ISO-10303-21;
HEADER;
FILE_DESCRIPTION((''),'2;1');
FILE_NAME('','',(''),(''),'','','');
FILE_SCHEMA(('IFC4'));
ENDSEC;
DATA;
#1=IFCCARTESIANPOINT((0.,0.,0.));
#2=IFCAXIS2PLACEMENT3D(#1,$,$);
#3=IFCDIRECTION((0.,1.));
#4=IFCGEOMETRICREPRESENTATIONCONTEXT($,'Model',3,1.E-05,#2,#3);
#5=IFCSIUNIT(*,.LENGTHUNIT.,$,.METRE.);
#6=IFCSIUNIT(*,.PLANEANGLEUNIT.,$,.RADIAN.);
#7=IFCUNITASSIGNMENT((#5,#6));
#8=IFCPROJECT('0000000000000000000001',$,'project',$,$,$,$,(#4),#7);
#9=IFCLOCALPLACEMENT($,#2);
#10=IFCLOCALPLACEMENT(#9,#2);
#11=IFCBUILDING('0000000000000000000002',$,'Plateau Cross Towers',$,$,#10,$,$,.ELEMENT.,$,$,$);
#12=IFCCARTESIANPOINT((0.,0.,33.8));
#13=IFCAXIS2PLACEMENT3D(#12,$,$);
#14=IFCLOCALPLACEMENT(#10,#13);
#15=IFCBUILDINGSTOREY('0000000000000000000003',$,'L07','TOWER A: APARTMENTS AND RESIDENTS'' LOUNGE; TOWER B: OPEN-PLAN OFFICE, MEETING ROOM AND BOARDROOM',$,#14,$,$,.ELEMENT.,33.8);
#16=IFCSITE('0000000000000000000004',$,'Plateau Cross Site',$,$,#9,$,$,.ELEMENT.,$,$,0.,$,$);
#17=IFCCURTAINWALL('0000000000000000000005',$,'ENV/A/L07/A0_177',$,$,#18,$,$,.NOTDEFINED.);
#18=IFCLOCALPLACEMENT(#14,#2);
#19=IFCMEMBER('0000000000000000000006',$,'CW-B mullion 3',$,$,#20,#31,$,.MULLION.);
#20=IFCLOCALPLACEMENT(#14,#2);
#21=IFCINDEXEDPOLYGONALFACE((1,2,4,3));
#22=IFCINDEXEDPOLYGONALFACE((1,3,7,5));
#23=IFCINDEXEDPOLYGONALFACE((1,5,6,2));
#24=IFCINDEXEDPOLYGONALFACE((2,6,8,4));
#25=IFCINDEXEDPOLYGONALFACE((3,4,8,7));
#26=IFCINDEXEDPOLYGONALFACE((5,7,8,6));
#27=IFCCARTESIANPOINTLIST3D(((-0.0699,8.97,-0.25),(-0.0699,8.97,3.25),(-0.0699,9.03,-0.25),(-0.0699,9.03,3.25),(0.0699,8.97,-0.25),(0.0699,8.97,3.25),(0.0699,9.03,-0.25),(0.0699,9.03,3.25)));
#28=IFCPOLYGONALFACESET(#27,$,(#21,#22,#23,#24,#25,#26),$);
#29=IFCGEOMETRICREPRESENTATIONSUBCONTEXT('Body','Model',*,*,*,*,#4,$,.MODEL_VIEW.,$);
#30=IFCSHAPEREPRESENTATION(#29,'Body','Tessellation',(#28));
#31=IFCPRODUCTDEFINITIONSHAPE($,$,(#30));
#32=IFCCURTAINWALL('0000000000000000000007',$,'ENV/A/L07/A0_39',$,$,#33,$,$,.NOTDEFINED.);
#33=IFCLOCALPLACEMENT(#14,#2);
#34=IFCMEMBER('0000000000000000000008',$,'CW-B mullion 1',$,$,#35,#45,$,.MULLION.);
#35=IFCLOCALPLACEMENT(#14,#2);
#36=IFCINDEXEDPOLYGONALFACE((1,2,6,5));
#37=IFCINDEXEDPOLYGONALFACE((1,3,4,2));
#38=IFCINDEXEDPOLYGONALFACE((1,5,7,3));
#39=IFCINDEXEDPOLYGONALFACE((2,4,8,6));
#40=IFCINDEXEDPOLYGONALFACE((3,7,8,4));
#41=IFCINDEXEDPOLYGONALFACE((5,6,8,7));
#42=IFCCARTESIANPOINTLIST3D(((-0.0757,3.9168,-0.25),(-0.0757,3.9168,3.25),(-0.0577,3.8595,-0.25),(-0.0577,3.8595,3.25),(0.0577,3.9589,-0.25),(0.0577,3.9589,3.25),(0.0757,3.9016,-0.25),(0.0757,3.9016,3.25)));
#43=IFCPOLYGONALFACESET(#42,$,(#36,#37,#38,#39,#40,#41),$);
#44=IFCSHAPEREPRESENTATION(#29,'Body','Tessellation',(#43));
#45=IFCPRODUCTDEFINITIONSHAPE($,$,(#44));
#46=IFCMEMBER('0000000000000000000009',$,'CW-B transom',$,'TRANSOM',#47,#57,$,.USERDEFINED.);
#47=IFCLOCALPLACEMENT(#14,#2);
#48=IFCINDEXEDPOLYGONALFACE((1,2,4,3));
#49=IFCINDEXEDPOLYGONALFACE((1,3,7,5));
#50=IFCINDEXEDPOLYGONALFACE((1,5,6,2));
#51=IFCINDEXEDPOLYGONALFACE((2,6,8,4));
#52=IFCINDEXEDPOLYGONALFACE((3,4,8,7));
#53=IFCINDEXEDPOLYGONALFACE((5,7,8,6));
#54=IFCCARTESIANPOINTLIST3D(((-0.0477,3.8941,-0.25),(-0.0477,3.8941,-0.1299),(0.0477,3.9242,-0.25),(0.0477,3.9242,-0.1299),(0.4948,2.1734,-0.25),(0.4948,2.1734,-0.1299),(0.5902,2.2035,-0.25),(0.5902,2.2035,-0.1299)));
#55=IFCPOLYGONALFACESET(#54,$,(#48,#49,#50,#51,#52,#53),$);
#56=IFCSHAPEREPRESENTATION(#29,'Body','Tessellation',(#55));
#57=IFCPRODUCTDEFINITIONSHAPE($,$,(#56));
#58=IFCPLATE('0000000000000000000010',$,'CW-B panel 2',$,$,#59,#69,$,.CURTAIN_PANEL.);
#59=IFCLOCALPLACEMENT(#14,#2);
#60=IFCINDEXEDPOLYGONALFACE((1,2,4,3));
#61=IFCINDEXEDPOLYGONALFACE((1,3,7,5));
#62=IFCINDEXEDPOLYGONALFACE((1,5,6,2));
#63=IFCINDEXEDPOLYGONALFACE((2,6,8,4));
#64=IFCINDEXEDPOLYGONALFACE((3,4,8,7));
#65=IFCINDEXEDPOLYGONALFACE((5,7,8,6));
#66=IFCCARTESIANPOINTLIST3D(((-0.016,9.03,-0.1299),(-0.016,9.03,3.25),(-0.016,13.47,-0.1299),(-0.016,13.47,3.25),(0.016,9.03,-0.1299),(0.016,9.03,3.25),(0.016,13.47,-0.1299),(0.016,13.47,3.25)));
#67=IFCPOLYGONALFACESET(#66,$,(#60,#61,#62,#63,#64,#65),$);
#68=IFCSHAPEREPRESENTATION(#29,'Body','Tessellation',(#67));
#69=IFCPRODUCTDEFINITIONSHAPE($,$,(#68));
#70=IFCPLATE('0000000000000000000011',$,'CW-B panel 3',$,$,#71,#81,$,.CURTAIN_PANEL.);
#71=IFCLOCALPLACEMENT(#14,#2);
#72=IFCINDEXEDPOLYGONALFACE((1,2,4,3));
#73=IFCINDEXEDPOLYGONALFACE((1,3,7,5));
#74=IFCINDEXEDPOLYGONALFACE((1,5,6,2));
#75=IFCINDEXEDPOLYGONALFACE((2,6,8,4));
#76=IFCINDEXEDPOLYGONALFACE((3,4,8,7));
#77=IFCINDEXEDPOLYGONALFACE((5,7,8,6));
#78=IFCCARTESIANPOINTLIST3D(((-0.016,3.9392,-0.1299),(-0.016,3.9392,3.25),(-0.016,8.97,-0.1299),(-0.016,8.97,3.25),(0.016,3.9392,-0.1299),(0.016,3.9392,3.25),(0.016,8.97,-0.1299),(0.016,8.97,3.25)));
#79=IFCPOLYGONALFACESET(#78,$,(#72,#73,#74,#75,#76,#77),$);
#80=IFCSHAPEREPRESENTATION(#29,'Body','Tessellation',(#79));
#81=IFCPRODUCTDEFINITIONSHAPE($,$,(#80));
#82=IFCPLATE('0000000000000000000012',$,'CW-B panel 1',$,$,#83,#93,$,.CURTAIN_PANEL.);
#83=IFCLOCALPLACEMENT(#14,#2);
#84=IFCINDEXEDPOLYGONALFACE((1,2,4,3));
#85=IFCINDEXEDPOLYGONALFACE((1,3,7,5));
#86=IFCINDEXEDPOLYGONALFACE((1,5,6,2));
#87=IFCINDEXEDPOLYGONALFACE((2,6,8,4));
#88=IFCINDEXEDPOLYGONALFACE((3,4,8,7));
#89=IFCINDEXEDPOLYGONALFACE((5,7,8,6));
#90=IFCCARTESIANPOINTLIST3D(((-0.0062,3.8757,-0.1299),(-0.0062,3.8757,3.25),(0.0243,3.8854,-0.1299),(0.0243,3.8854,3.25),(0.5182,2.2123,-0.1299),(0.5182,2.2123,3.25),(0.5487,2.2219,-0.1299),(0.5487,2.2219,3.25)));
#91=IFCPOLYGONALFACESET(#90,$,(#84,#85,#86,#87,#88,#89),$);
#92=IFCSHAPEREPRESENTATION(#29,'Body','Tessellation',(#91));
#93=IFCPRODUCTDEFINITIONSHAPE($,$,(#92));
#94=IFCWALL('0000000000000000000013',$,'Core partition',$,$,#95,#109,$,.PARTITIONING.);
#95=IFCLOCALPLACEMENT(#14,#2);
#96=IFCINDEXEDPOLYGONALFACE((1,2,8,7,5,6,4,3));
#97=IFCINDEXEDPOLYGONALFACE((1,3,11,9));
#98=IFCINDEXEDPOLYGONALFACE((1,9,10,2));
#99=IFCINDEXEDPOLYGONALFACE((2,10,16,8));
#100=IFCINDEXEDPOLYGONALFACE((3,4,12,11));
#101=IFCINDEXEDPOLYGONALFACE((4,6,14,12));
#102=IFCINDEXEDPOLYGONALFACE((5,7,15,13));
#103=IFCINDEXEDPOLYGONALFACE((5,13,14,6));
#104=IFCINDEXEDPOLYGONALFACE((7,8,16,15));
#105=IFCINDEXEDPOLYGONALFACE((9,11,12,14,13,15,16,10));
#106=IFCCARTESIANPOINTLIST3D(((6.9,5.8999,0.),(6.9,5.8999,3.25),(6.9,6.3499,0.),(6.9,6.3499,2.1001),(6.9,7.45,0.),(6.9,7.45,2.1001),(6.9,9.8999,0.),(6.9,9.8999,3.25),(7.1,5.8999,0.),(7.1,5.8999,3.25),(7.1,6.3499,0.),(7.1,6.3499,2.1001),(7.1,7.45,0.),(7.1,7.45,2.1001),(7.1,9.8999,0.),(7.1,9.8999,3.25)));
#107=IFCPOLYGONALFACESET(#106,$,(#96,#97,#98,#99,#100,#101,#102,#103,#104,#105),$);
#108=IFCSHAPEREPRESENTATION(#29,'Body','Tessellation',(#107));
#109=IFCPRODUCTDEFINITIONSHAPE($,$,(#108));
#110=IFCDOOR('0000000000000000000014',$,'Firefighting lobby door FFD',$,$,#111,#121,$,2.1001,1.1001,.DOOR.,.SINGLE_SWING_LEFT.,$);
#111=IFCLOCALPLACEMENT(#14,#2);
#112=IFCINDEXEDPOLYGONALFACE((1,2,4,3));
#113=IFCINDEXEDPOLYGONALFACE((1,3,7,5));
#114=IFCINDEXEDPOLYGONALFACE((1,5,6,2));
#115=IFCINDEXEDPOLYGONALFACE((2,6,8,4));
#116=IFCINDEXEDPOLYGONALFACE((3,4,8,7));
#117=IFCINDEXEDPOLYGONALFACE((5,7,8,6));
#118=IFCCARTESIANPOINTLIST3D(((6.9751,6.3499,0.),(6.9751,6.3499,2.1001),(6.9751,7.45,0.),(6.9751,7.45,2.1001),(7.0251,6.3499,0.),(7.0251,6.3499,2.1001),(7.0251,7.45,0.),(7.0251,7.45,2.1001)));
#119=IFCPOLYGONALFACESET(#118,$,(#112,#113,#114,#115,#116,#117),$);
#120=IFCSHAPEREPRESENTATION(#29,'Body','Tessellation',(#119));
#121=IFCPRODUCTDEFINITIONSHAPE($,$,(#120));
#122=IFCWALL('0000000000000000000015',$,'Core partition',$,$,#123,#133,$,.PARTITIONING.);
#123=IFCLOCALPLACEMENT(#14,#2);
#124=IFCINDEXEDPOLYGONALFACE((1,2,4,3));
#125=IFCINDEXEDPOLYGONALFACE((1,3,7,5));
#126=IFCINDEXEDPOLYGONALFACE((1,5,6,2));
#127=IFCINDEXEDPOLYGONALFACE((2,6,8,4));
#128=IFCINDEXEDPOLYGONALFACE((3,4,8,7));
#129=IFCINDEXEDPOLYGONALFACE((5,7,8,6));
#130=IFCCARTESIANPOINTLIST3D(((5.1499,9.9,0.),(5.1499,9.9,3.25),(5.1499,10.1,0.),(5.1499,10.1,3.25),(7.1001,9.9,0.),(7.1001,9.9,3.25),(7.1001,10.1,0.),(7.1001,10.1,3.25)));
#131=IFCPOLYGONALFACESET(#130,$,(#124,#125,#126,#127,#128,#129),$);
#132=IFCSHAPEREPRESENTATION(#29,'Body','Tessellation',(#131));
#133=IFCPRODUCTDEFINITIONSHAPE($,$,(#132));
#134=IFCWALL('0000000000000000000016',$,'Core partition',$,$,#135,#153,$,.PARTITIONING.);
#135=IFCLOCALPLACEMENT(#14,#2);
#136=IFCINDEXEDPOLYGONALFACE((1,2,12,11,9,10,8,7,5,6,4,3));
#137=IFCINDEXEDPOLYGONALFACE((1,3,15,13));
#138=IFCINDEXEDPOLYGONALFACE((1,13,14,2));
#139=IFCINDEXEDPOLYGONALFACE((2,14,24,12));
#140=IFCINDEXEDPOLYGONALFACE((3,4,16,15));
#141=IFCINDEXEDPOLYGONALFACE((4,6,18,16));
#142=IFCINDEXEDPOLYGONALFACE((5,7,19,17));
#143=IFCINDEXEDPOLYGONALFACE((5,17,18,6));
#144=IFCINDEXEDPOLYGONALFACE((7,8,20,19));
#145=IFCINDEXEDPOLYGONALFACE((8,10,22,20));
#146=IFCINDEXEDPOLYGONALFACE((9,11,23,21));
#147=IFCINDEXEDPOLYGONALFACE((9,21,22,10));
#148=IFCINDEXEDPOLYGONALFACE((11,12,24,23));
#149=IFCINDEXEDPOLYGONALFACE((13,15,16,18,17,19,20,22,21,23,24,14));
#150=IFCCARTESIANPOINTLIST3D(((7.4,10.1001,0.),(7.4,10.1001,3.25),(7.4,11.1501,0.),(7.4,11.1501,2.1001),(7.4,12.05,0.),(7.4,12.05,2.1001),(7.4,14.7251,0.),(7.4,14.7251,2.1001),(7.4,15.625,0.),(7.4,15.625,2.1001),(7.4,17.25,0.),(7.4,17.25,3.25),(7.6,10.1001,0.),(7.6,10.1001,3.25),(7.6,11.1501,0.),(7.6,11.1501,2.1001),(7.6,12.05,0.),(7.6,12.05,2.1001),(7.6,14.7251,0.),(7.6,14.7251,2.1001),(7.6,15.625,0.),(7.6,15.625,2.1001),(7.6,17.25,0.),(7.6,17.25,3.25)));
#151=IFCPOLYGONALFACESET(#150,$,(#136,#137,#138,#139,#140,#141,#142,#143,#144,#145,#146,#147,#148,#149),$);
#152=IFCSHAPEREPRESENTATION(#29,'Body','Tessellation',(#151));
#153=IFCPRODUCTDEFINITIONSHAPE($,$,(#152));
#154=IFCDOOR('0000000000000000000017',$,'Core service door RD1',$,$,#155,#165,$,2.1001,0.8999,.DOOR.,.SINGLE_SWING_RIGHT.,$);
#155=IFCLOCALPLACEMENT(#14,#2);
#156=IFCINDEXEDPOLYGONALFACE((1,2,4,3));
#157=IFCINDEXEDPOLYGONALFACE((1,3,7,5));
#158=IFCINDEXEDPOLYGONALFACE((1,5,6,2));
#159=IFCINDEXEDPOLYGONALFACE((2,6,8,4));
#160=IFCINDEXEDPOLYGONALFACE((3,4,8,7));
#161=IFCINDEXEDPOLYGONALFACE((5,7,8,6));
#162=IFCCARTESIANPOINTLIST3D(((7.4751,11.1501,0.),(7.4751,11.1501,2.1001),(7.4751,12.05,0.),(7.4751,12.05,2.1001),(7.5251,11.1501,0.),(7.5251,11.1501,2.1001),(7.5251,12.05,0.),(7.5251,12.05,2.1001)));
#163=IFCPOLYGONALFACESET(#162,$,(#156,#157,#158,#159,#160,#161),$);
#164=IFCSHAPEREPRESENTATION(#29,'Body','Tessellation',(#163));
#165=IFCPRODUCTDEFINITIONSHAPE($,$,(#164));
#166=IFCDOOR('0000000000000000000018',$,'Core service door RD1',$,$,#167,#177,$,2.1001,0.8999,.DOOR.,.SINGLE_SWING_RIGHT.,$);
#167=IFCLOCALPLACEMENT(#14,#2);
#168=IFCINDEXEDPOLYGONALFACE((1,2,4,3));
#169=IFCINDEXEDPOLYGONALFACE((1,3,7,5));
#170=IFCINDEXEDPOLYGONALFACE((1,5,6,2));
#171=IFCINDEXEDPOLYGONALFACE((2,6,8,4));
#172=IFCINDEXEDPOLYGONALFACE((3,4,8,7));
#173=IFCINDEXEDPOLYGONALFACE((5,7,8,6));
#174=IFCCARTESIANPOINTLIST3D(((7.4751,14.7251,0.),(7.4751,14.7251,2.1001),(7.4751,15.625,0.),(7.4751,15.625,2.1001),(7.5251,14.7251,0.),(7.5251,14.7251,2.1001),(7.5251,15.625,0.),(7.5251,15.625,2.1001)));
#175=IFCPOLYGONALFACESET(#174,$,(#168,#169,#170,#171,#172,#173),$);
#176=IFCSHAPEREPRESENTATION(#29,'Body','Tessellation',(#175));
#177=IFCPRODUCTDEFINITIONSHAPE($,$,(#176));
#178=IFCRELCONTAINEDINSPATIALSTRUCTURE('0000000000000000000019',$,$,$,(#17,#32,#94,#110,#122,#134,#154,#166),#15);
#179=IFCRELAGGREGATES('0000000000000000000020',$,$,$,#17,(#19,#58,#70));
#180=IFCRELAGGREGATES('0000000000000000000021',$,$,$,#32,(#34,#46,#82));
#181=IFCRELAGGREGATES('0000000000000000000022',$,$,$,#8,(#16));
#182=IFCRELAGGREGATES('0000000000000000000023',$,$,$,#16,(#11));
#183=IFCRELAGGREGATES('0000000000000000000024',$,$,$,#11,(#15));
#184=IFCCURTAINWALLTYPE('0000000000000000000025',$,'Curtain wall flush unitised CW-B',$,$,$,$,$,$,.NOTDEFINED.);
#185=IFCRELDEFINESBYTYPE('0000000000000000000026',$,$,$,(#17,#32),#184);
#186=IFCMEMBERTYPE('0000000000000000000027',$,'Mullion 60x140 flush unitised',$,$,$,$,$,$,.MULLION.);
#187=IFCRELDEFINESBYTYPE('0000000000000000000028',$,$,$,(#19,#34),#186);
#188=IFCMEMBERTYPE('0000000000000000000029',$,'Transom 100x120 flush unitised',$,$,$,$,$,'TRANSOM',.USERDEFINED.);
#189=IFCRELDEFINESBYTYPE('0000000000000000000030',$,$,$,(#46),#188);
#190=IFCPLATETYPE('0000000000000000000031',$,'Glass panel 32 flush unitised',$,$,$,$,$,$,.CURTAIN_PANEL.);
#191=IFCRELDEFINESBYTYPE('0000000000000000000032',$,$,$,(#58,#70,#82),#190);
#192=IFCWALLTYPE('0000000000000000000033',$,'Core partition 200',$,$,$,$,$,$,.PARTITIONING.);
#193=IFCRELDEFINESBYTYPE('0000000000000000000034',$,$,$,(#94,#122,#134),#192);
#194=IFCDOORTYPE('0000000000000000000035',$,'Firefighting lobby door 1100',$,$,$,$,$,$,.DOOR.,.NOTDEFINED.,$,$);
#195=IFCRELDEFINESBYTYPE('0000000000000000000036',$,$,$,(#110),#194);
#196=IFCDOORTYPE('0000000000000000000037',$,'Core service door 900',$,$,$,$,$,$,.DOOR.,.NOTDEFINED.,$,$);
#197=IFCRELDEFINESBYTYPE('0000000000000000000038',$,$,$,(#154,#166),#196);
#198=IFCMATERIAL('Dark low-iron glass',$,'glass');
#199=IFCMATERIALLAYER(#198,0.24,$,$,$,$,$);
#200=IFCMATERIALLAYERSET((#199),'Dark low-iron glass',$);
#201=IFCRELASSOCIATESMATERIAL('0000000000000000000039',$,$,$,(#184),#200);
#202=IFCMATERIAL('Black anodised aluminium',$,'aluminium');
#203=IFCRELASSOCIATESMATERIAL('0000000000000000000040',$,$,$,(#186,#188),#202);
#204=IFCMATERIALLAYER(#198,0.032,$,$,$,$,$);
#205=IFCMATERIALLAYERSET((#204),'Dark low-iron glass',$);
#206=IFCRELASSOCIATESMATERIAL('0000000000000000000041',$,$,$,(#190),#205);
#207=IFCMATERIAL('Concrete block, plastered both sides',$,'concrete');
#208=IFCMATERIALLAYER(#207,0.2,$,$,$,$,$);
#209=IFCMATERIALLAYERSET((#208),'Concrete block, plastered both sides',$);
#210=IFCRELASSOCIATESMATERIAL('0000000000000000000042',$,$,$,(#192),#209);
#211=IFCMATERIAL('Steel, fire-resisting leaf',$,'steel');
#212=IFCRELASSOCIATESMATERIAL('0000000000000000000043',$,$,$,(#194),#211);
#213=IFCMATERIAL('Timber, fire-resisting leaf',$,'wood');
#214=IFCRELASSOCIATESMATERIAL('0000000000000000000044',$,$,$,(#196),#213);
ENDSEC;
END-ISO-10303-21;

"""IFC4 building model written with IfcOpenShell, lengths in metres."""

from ifc_helpers import new_model, si_unit, direction, frame, frame_2d, origin, origin_2d, place, context, subcontext, project, spatial, rectangle, extrude, material, layer, layer_set, material_profile, profile_set, type_object, element, fill, aggregate, save


model = new_model("IFC4")

# Units and contexts
model_context = context("Model", 3, precision=1e-05, world=origin(), true_north=direction((0.0, 1.0)))
body_context = subcontext(model_context, "Body", "Model", "MODEL_VIEW")
ifc_project = project(units=[si_unit("LENGTHUNIT", "METRE"), si_unit("PLANEANGLEUNIT", "RADIAN")], contexts=[model_context])

# Site, building, storey
site_placement = place(None, origin())
site = spatial("IfcSite", under=ifc_project, at=site_placement, Name="Plateau Cross Site", CompositionType="ELEMENT", RefElevation=0.0)
building_placement = place(site_placement, origin())
building = spatial("IfcBuilding", under=site, at=building_placement, Name="Plateau Cross Towers", CompositionType="ELEMENT")
storey_placement = place(building_placement, frame((0.0, 0.0, 33.8)))
storey = spatial("IfcBuildingStorey", under=building, at=storey_placement, Name="L07", Description="TOWER A: APARTMENTS AND RESIDENTS' LOUNGE; TOWER B: OPEN-PLAN OFFICE, MEETING ROOM AND BOARDROOM", CompositionType="ELEMENT", Elevation=33.8)

# Curtain wall, member
ifc_material_1 = material(Name="Dark low-iron glass", Category="glass")
ifc_layer_1 = layer(ifc_material_1, 0.24)
ifc_layer_set_1 = layer_set([ifc_layer_1], Name="Dark low-iron glass")
curtain_wall_type = type_object("IfcCurtainWallType", Name="Curtain wall flush unitised CW-B", PredefinedType="NOTDEFINED", material=ifc_layer_set_1)
curtain_wall_1_placement = place(storey_placement, origin())
curtain_wall_1 = element("IfcCurtainWall", 1, at=curtain_wall_1_placement, inside=storey, type_object=curtain_wall_type, Name="ENV/A/L07/A0_177", PredefinedType="NOTDEFINED")
ifc_material_2 = material(Name="Black anodised aluminium", Category="aluminium")
ifc_material_profile_1 = material_profile(ifc_material_2, rectangle(XDim=0.0601, YDim=0.1399, at=origin_2d()), Name="MULLION 60x140")
ifc_profile_set_1 = profile_set([ifc_material_profile_1], Name="Black anodised aluminium")
member_type_1 = type_object("IfcMemberType", Name="Mullion 60x140 flush unitised", PredefinedType="MULLION", material=ifc_profile_set_1)
member_1_placement = place(storey_placement, frame((0.0, 9.0, -0.25), z_axis=(0.0, 0.0, 1.0), x_axis=(0.0, -1.0, 0.0)))
member_1 = element("IfcMember", 2, at=member_1_placement, type_object=member_type_1, Name="CW-B mullion 3", PredefinedType="MULLION", context=body_context, shape_type="SweptSolid", body=[
    extrude(rectangle(XDim=0.0601, YDim=0.1399, at=origin_2d()), origin(), (0.0, 0.0, 1.0), 3.5),
])

# Curtain wall, members
curtain_wall_2_placement = place(storey_placement, origin())
curtain_wall_2 = element("IfcCurtainWall", 3, at=curtain_wall_2_placement, inside=storey, type_object=curtain_wall_type, Name="ENV/A/L07/A0_39", PredefinedType="NOTDEFINED")
member_2_placement = place(storey_placement, frame((0.0, 3.9092, -0.25), z_axis=(0.0, 0.0, 1.0), x_axis=(0.300686, -0.953723, 0.0)))
member_2 = element("IfcMember", 4, at=member_2_placement, type_object=member_type_1, Name="CW-B mullion 1", PredefinedType="MULLION", context=body_context, shape_type="SweptSolid", body=[
    extrude(rectangle(XDim=0.0601, YDim=0.1399, at=origin_2d()), origin(), (0.0, 0.0, 1.0), 3.5),
])
ifc_material_profile_2 = material_profile(ifc_material_2, rectangle(XDim=0.1001, YDim=0.1201, at=origin_2d()), Name="TRANSOM 100x120")
ifc_profile_set_2 = profile_set([ifc_material_profile_2], Name="Black anodised aluminium")
member_type_2 = type_object("IfcMemberType", Name="Transom 100x120 flush unitised", ElementType="TRANSOM", PredefinedType="USERDEFINED", material=ifc_profile_set_2)
member_3_placement = place(storey_placement, frame((0.0, 3.9092, -0.1899), z_axis=(0.300678, -0.953726, 0.0), x_axis=(0.953726, 0.300678, 0.0)))
member_3 = element("IfcMember", 5, at=member_3_placement, type_object=member_type_2, Name="CW-B transom", ObjectType="TRANSOM", PredefinedType="USERDEFINED", context=body_context, shape_type="SweptSolid", body=[
    extrude(rectangle(XDim=0.1001, YDim=0.1201, at=origin_2d()), origin(), (0.0, 0.0, 1.0), 1.8042),
])

# Plates
ifc_layer_2 = layer(ifc_material_1, 0.032)
ifc_layer_set_2 = layer_set([ifc_layer_2], Name="Dark low-iron glass")
plate_type = type_object("IfcPlateType", Name="Glass panel 32 flush unitised", PredefinedType="CURTAIN_PANEL", material=ifc_layer_set_2)
plate_1_placement = place(storey_placement, frame((0.0, 11.25, -0.1299), z_axis=(0.0, 0.0, 1.0), x_axis=(0.0, -1.0, 0.0)))
plate_1 = element("IfcPlate", 6, at=plate_1_placement, type_object=plate_type, Name="CW-B panel 2", PredefinedType="CURTAIN_PANEL", context=body_context, shape_type="SweptSolid", body=[
    extrude(rectangle(XDim=4.4399, YDim=0.032, at=origin_2d()), origin(), (0.0, 0.0, 1.0), 3.3799),
])
plate_2_placement = place(storey_placement, frame((0.0, 6.4546, -0.1299), z_axis=(0.0, 0.0, 1.0), x_axis=(0.0, -1.0, 0.0)))
plate_2 = element("IfcPlate", 7, at=plate_2_placement, type_object=plate_type, Name="CW-B panel 3", PredefinedType="CURTAIN_PANEL", context=body_context, shape_type="SweptSolid", body=[
    extrude(rectangle(XDim=5.0308, YDim=0.032, at=origin_2d()), origin(), (0.0, 0.0, 1.0), 3.3799),
])
aggregate(curtain_wall_1, [member_1, plate_1, plate_2])
plate_3_placement = place(storey_placement, frame((0.2712, 3.0488, -0.1299), z_axis=(0.0, 0.0, 1.0), x_axis=(0.300686, -0.953723, 0.0)))
plate_3 = element("IfcPlate", 8, at=plate_3_placement, type_object=plate_type, Name="CW-B panel 1", PredefinedType="CURTAIN_PANEL", context=body_context, shape_type="SweptSolid", body=[
    extrude(rectangle(XDim=1.7441, YDim=0.032, at=origin_2d()), origin(), (0.0, 0.0, 1.0), 3.3799),
])
aggregate(curtain_wall_2, [member_2, member_3, plate_3])

# Wall, opening, door
ifc_material_3 = material(Name="Concrete block, plastered both sides", Category="concrete")
ifc_layer_3 = layer(ifc_material_3, 0.2)
ifc_layer_set_3 = layer_set([ifc_layer_3], Name="Concrete block, plastered both sides")
wall_type_1 = type_object("IfcWallType", Name="Core partition 200", PredefinedType="PARTITIONING", material=ifc_layer_set_3)
wall_1_placement = place(storey_placement, frame((7.0, 5.8999, 0.0), z_axis=(0.0, 0.0, 1.0), x_axis=(0.0, 1.0, 0.0)))
wall_1 = element("IfcWall", 9, at=wall_1_placement, inside=storey, type_object=wall_type_1, Name="Core partition", PredefinedType="PARTITIONING", context=body_context, shape_type="SweptSolid", body=[
    extrude(rectangle(XDim=4.0, YDim=0.2, at=frame_2d((2.0, 0.0))), origin(), (0.0, 0.0, 1.0), 3.25),
])
opening_1_placement = place(wall_1_placement, frame((0.45, 0.0, 0.0)))
opening_1 = element("IfcOpeningElement", 10, at=opening_1_placement, cuts=wall_1, PredefinedType="OPENING", context=body_context, shape_type="SweptSolid", body=[
    extrude(rectangle(XDim=1.1001, YDim=2.1001, at=frame_2d((0.55, 1.05))), frame((0.0, 0.1099, 0.0), z_axis=(0.0, -1.0, 0.0), x_axis=(1.0, 0.0, 0.0)), (0.0, 0.0, 1.0), 0.22),
])
ifc_material_4 = material(Name="Steel, fire-resisting leaf", Category="steel")
door_type_1 = type_object("IfcDoorType", Name="Firefighting lobby door 1100", OperationType="NOTDEFINED", PredefinedType="DOOR", material=ifc_material_4)
door_1_placement = place(opening_1_placement, origin())
door_1 = element("IfcDoor", 11, at=door_1_placement, inside=storey, type_object=door_type_1, Name="Firefighting lobby door FFD", OperationType="SINGLE_SWING_LEFT", OverallHeight=2.1001, OverallWidth=1.1001, PredefinedType="DOOR", context=body_context, shape_type="SweptSolid", body=[
    extrude(rectangle(XDim=1.1001, YDim=2.1001, at=frame_2d((0.55, 1.05))), frame((0.0, 0.0249, 0.0), z_axis=(0.0, -1.0, 0.0), x_axis=(1.0, 0.0, 0.0)), (0.0, 0.0, 1.0), 0.05),
])
fill(opening_1, door_1)

# Wall
wall_2_placement = place(storey_placement, frame((5.1499, 10.0, 0.0), z_axis=(0.0, 0.0, 1.0), x_axis=(1.0, 0.0, 0.0)))
element("IfcWall", 12, at=wall_2_placement, inside=storey, type_object=wall_type_1, Name="Core partition", PredefinedType="PARTITIONING", context=body_context, shape_type="SweptSolid", body=[
    extrude(rectangle(XDim=1.9502, YDim=0.2, at=frame_2d((0.9751, 0.0))), origin(), (0.0, 0.0, 1.0), 3.25),
])

# Wall, openings, doors
wall_3_placement = place(storey_placement, frame((7.5, 10.1001, 0.0), z_axis=(0.0, 0.0, 1.0), x_axis=(0.0, 1.0, 0.0)))
wall_3 = element("IfcWall", 13, at=wall_3_placement, inside=storey, type_object=wall_type_1, Name="Core partition", PredefinedType="PARTITIONING", context=body_context, shape_type="SweptSolid", body=[
    extrude(rectangle(XDim=7.1499, YDim=0.2, at=frame_2d((3.575, 0.0))), origin(), (0.0, 0.0, 1.0), 3.25),
])
opening_2_placement = place(wall_3_placement, frame((1.05, 0.0, 0.0)))
opening_2 = element("IfcOpeningElement", 14, at=opening_2_placement, cuts=wall_3, PredefinedType="OPENING", context=body_context, shape_type="SweptSolid", body=[
    extrude(rectangle(XDim=0.8999, YDim=2.1001, at=frame_2d((0.45, 1.05))), frame((0.0, 0.1099, 0.0), z_axis=(0.0, -1.0, 0.0), x_axis=(1.0, 0.0, 0.0)), (0.0, 0.0, 1.0), 0.22),
])
opening_3_placement = place(wall_3_placement, frame((4.625, 0.0, 0.0)))
opening_3 = element("IfcOpeningElement", 15, at=opening_3_placement, cuts=wall_3, PredefinedType="OPENING", context=body_context, shape_type="SweptSolid", body=[
    extrude(rectangle(XDim=0.8999, YDim=2.1001, at=frame_2d((0.45, 1.05))), frame((0.0, 0.1099, 0.0), z_axis=(0.0, -1.0, 0.0), x_axis=(1.0, 0.0, 0.0)), (0.0, 0.0, 1.0), 0.22),
])
ifc_material_5 = material(Name="Timber, fire-resisting leaf", Category="wood")
door_type_2 = type_object("IfcDoorType", Name="Core service door 900", OperationType="NOTDEFINED", PredefinedType="DOOR", material=ifc_material_5)
door_2_placement = place(opening_2_placement, origin())
door_2 = element("IfcDoor", 16, at=door_2_placement, inside=storey, type_object=door_type_2, Name="Core service door RD1", OperationType="SINGLE_SWING_RIGHT", OverallHeight=2.1001, OverallWidth=0.8999, PredefinedType="DOOR", context=body_context, shape_type="SweptSolid", body=[
    extrude(rectangle(XDim=0.8999, YDim=2.1001, at=frame_2d((0.45, 1.05))), frame((0.0, 0.0249, 0.0), z_axis=(0.0, -1.0, 0.0), x_axis=(1.0, 0.0, 0.0)), (0.0, 0.0, 1.0), 0.05),
])
fill(opening_2, door_2)
door_3_placement = place(opening_3_placement, origin())
door_3 = element("IfcDoor", 17, at=door_3_placement, inside=storey, type_object=door_type_2, Name="Core service door RD1", OperationType="SINGLE_SWING_RIGHT", OverallHeight=2.1001, OverallWidth=0.8999, PredefinedType="DOOR", context=body_context, shape_type="SweptSolid", body=[
    extrude(rectangle(XDim=0.8999, YDim=2.1001, at=frame_2d((0.45, 1.05))), frame((0.0, 0.0249, 0.0), z_axis=(0.0, -1.0, 0.0), x_axis=(1.0, 0.0, 0.0)), (0.0, 0.0, 1.0), 0.05),
])
fill(opening_3, door_3)

save(model, "model.ifc")
